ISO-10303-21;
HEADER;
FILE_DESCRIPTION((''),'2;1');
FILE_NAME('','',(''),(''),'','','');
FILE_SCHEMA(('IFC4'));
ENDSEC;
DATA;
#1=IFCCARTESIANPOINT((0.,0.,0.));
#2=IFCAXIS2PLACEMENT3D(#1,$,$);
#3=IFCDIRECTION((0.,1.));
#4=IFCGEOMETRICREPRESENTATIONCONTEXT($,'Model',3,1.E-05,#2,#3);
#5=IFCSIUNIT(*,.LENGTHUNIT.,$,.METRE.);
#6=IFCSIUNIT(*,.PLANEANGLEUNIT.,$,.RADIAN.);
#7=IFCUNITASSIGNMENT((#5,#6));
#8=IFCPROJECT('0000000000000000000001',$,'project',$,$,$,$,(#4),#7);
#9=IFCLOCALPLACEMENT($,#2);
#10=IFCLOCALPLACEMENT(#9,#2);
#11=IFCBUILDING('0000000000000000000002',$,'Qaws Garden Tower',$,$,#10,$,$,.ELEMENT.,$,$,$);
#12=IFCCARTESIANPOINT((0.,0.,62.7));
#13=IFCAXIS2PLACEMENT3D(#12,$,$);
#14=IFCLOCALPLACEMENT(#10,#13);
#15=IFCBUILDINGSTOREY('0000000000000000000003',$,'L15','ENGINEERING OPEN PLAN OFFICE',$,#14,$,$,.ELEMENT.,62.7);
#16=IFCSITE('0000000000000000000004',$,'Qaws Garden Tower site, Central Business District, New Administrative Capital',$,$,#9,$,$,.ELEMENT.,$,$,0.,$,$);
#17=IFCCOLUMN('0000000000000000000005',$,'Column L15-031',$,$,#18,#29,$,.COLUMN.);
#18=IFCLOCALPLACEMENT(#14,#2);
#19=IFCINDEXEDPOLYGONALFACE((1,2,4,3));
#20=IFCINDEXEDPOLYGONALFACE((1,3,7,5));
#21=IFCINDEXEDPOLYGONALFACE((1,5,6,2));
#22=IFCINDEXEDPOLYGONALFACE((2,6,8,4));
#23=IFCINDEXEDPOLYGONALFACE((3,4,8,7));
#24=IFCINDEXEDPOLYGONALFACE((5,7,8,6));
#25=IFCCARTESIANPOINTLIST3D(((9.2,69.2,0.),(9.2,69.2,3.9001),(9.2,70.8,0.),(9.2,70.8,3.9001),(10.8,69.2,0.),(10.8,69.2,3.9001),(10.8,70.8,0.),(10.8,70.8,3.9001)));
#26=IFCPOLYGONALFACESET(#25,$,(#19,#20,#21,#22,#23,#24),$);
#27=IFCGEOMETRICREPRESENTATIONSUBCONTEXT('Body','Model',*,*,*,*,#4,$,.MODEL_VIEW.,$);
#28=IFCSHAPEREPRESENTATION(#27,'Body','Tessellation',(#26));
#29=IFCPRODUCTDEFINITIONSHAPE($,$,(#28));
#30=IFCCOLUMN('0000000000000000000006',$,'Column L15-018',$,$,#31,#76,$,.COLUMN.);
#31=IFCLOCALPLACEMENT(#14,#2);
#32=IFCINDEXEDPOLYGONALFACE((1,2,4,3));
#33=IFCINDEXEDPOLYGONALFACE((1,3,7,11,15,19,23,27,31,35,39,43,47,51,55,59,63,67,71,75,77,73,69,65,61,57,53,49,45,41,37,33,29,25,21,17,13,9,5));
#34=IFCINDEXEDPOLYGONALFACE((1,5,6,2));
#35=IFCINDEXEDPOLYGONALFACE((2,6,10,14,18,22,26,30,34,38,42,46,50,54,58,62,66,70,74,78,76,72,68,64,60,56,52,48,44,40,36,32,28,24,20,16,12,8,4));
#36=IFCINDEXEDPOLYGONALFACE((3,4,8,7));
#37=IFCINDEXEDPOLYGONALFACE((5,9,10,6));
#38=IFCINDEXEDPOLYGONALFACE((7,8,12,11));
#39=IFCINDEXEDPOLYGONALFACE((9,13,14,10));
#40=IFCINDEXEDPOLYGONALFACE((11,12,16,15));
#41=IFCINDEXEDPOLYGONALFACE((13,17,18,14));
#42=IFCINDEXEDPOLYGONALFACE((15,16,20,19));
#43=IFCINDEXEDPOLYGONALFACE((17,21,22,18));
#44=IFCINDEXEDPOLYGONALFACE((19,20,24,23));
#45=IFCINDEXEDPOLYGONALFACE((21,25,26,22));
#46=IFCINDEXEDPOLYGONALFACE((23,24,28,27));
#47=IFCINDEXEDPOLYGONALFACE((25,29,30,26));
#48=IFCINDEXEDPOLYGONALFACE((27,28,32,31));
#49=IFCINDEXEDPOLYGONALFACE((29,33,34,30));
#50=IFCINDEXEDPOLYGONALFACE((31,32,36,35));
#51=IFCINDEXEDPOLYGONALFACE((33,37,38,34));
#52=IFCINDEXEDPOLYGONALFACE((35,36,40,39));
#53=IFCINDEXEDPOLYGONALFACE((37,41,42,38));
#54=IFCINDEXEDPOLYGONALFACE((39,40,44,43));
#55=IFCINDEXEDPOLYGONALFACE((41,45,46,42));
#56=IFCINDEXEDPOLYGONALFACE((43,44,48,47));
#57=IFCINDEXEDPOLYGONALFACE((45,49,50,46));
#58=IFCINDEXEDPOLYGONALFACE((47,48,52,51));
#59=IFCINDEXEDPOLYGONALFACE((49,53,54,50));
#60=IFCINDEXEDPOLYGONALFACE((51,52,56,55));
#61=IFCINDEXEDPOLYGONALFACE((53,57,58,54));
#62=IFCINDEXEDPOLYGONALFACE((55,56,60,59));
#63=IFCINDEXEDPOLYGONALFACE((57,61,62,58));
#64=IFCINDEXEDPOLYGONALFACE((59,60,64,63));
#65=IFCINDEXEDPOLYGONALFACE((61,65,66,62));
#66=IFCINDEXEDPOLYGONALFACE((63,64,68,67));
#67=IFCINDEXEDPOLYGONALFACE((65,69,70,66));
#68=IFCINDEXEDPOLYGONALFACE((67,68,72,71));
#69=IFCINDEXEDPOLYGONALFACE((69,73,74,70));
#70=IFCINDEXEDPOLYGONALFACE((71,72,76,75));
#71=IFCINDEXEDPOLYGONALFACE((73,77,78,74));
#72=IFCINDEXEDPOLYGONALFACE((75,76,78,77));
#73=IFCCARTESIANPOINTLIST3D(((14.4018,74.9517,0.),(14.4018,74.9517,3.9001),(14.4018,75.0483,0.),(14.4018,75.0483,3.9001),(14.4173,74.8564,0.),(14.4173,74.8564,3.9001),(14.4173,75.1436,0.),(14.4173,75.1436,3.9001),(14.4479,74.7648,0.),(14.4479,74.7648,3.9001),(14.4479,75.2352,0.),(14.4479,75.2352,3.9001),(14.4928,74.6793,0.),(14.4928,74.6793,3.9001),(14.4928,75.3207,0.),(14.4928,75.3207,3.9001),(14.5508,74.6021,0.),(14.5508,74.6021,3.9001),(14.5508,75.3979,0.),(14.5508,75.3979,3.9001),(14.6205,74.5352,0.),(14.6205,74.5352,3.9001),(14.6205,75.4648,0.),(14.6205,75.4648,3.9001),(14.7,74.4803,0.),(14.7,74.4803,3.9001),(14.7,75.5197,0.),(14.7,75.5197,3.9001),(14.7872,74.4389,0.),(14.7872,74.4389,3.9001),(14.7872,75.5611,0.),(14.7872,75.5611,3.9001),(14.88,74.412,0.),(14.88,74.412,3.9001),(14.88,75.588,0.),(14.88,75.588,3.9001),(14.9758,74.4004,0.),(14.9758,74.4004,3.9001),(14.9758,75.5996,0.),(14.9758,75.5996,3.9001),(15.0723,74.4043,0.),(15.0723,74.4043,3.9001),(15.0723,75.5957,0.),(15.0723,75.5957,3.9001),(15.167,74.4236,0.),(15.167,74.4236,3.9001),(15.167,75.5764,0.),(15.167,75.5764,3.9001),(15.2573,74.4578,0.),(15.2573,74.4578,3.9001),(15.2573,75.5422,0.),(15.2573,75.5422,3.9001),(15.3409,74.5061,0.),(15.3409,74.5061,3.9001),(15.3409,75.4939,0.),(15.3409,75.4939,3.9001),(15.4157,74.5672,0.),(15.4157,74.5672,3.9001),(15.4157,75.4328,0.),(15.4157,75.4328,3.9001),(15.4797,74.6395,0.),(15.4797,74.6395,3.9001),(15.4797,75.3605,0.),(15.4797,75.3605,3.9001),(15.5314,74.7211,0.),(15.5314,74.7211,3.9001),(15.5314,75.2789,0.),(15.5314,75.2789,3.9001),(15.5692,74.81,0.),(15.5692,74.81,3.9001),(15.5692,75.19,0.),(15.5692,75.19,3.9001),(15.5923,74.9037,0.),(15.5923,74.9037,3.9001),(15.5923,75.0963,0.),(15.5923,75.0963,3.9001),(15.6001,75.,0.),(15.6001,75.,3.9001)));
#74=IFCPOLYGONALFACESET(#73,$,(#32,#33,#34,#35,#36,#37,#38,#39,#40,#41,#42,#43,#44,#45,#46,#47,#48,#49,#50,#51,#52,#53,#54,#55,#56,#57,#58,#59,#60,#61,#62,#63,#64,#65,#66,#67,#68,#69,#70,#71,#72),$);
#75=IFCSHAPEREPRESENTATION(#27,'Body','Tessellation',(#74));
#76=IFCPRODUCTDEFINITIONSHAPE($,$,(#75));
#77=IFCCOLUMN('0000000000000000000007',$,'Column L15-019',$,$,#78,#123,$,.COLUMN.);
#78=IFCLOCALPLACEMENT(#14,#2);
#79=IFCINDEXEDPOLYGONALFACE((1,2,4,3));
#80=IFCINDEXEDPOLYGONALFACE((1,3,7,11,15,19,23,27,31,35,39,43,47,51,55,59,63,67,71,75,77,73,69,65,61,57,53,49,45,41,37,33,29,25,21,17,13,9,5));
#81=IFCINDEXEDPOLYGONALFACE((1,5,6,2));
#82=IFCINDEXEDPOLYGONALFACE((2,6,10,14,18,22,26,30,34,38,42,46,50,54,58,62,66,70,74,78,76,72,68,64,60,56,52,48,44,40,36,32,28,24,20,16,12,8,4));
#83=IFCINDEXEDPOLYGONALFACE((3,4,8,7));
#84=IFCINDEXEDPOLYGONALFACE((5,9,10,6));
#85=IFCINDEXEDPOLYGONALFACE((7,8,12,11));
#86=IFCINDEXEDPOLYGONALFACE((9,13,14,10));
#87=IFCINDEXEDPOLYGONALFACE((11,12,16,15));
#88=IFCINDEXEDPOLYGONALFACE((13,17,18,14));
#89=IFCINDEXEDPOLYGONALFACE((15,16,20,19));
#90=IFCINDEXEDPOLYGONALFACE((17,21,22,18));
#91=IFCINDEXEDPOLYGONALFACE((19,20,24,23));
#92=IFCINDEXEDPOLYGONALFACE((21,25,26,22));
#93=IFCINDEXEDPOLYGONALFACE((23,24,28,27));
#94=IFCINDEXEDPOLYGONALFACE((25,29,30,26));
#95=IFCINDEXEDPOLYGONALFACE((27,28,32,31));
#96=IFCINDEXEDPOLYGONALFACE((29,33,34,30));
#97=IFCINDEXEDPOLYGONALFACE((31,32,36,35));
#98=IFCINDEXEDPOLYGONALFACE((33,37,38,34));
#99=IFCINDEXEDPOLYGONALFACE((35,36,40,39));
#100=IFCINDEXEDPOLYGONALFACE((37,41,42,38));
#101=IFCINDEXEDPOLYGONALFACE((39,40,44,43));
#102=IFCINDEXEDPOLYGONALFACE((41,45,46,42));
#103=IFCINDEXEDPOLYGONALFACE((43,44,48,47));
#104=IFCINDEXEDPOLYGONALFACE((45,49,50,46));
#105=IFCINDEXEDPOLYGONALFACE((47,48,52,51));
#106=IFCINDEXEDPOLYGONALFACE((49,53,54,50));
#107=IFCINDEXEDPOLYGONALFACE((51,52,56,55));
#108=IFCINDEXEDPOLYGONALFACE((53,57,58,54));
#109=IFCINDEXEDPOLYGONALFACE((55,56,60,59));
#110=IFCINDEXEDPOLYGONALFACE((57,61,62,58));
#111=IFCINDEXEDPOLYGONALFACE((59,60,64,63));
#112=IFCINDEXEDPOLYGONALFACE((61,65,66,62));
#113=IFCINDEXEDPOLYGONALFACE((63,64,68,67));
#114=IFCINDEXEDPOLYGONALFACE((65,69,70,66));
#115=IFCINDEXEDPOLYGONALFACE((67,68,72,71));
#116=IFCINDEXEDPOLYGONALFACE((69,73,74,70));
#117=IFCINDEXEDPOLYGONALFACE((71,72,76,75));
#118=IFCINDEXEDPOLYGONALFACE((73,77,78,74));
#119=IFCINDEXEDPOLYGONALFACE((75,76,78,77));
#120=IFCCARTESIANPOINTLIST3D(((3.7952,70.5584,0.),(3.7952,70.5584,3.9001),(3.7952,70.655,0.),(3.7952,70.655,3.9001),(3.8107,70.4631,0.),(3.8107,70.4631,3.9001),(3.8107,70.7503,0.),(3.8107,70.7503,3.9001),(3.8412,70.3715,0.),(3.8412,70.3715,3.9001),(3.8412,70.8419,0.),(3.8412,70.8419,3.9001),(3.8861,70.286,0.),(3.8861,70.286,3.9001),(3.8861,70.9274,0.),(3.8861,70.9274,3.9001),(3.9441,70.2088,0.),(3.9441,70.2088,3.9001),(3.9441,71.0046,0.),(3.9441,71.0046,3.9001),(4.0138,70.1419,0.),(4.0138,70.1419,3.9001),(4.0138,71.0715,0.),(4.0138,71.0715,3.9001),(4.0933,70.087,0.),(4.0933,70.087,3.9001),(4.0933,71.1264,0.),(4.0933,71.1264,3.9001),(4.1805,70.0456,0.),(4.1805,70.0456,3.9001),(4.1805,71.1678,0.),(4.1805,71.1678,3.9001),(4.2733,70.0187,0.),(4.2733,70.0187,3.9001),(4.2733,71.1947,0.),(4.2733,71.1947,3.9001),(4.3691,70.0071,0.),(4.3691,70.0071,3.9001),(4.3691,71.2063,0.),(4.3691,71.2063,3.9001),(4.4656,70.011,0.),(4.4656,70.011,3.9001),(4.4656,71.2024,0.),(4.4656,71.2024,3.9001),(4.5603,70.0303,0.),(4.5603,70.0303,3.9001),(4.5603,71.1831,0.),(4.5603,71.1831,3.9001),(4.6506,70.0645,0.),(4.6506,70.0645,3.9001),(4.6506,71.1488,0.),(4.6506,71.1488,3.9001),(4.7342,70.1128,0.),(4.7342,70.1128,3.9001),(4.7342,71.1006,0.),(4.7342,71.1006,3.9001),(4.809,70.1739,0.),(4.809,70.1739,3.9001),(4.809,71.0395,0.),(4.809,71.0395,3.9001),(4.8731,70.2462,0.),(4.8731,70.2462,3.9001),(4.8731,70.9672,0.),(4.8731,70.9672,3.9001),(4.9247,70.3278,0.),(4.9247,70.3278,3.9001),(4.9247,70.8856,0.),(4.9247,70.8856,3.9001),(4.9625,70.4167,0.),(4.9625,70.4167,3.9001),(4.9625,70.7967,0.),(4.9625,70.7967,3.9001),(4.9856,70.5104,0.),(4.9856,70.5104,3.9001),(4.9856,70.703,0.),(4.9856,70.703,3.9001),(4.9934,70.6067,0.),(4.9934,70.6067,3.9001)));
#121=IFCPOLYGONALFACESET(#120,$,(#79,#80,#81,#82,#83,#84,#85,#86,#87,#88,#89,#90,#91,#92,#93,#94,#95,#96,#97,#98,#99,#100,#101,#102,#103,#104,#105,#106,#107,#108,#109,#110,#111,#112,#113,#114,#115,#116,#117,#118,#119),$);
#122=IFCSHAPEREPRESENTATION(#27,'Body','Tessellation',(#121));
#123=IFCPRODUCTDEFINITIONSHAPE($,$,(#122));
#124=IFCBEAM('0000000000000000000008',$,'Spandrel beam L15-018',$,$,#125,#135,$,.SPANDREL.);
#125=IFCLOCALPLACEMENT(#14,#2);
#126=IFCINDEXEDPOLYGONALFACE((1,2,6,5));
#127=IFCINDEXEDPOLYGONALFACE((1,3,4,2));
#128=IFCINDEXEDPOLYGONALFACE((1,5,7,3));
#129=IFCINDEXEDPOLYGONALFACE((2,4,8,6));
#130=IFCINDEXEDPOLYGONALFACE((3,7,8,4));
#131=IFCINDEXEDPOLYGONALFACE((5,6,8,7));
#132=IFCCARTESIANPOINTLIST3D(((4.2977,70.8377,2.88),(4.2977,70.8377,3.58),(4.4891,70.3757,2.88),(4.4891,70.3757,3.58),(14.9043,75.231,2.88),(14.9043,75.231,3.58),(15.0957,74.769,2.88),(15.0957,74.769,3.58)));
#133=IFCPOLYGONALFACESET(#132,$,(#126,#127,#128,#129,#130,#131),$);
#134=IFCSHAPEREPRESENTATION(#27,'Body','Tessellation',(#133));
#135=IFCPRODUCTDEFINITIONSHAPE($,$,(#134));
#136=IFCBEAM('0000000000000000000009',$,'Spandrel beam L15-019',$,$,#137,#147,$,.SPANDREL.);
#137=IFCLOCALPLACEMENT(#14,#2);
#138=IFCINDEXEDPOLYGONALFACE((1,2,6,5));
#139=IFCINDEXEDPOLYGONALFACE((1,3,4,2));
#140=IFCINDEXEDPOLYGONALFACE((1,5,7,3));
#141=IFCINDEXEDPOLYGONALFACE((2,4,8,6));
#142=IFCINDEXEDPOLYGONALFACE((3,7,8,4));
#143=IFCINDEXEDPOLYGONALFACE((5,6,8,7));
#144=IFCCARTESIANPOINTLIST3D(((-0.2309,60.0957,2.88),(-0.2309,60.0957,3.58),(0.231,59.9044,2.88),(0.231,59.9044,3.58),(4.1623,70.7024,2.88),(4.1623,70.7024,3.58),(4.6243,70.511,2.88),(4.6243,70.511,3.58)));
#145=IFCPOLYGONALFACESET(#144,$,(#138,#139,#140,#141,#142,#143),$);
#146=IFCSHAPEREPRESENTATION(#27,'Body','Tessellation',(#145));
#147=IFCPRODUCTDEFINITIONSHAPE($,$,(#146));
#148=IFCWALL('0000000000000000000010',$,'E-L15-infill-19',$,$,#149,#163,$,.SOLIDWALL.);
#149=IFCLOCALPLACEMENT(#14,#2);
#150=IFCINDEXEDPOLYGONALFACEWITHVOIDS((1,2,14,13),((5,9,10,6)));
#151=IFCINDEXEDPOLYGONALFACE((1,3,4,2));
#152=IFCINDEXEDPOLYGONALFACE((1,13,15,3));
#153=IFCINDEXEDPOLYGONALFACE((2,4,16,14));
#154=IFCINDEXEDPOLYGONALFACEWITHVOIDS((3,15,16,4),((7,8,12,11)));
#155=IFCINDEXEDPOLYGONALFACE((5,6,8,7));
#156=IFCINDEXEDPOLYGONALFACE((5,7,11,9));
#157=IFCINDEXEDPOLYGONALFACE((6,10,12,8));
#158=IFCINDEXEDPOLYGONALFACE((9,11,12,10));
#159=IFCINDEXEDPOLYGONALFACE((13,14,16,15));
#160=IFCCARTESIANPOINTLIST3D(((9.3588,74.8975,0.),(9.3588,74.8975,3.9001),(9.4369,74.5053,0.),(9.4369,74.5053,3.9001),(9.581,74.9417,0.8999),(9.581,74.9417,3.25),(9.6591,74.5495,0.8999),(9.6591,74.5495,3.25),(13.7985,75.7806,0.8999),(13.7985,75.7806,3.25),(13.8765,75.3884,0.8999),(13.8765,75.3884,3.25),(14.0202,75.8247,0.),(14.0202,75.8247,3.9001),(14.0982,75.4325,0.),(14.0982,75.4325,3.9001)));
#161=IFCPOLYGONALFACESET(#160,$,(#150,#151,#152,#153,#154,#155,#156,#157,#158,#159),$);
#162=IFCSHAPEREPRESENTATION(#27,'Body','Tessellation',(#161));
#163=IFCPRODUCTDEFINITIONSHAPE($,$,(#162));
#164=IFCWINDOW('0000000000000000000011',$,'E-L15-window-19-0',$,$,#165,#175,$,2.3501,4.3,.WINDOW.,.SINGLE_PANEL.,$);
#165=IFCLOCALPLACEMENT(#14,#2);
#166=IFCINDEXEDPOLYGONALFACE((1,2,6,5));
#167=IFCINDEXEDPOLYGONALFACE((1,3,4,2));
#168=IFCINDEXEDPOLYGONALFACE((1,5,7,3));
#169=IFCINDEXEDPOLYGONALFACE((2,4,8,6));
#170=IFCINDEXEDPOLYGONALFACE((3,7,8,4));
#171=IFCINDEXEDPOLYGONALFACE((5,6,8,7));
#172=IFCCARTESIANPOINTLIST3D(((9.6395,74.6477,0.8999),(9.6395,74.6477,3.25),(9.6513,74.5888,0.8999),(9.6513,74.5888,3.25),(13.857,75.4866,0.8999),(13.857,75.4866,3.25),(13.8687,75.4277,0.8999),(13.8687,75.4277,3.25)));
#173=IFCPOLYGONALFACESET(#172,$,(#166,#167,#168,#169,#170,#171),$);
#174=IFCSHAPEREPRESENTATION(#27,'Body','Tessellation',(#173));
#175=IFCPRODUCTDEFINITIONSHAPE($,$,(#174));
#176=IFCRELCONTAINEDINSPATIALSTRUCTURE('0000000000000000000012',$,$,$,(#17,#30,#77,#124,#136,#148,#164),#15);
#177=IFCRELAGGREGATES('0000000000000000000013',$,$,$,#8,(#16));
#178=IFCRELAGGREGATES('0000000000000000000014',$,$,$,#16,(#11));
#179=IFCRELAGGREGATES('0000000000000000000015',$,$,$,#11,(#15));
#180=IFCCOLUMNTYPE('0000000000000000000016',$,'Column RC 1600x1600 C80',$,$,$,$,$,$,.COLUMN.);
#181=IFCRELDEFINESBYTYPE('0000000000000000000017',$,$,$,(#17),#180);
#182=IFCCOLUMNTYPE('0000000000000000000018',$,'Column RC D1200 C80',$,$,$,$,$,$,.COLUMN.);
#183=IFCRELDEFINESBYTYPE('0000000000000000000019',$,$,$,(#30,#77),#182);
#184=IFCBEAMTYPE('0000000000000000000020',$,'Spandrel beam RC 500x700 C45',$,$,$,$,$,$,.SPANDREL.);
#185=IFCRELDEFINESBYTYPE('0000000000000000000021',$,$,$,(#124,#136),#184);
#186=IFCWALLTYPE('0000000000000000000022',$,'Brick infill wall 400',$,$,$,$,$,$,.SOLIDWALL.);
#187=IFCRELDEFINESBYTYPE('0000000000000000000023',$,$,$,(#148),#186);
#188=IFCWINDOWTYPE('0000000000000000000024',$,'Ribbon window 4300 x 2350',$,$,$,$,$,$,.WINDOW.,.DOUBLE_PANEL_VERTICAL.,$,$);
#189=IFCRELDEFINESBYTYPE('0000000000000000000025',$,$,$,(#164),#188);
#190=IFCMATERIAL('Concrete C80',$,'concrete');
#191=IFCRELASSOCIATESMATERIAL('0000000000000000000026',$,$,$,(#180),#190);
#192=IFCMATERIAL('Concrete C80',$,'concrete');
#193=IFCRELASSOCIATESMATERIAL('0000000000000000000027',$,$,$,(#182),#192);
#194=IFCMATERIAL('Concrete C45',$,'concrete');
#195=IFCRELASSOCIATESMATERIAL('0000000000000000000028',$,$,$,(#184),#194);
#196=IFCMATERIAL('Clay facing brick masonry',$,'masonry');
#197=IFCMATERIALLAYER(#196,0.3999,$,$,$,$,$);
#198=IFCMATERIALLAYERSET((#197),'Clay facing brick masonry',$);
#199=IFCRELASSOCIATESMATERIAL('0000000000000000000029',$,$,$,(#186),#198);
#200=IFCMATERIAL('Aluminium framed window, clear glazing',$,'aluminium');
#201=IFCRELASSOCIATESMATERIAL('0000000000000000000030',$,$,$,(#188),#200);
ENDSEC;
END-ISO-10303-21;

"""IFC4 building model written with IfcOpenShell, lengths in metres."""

from ifc_helpers import new_model, si_unit, direction, frame, frame_2d, origin, origin_2d, place, context, subcontext, project, spatial, rectangle, circle, extrude, material, layer, layer_set, material_profile, profile_set, type_object, element, fill, save


model = new_model("IFC4")

# Units and contexts
model_context = context("Model", 3, precision=1e-05, world=origin(), true_north=direction((0.0, 1.0)))
body_context = subcontext(model_context, "Body", "Model", "MODEL_VIEW")
ifc_project = project(units=[si_unit("LENGTHUNIT", "METRE"), si_unit("PLANEANGLEUNIT", "RADIAN")], contexts=[model_context])

# Site, building, storey
site_placement = place(None, origin())
site = spatial("IfcSite", under=ifc_project, at=site_placement, Name="Qaws Garden Tower site, Central Business District, New Administrative Capital", CompositionType="ELEMENT", RefElevation=0.0)
building_placement = place(site_placement, origin())
building = spatial("IfcBuilding", under=site, at=building_placement, Name="Qaws Garden Tower", CompositionType="ELEMENT")
storey_placement = place(building_placement, frame((0.0, 0.0, 62.7)))
storey = spatial("IfcBuildingStorey", under=building, at=storey_placement, Name="L15", Description="ENGINEERING OPEN PLAN OFFICE", CompositionType="ELEMENT", Elevation=62.7)

# Columns
ifc_material_1 = material(Name="Concrete C80", Category="concrete")
ifc_material_profile_1 = material_profile(ifc_material_1, rectangle(XDim=1.6001, YDim=1.6001, at=origin_2d()), Name="RC 1600x1600")
ifc_profile_set_1 = profile_set([ifc_material_profile_1], Name="Concrete C80")
column_type_1 = type_object("IfcColumnType", Name="Column RC 1600x1600 C80", PredefinedType="COLUMN", material=ifc_profile_set_1)
column_placement = place(storey_placement, frame((10.0, 70.0, 0.0), z_axis=(0.0, 0.0, 1.0), x_axis=(1.0, 0.0, 0.0)))
element("IfcColumn", 1, at=column_placement, inside=storey, type_object=column_type_1, Name="Column L15-031", PredefinedType="COLUMN", context=body_context, shape_type="SweptSolid", body=[
    extrude(rectangle(XDim=1.6001, YDim=1.6001, at=origin_2d()), origin(), (0.0, 0.0, 1.0), 3.9001),
])
ifc_material_2 = material(Name="Concrete C80", Category="concrete")
ifc_material_profile_2 = material_profile(ifc_material_2, circle(Radius=0.6001, at=origin_2d()), Name="RC D1200")
ifc_profile_set_2 = profile_set([ifc_material_profile_2], Name="Concrete C80")
column_type_2 = type_object("IfcColumnType", Name="Column RC D1200 C80", PredefinedType="COLUMN", material=ifc_profile_set_2)
for number, where, z_axis, x_axis, name in (
    (2, (15.0, 75.0, 0.0), (0.0, 0.0, 1.0), (1.0, 0.0, 0.0), "Column L15-018"),
    (3, (4.3933, 70.6067, 0.0), (0.0, 0.0, 1.0), (1.0, 0.0, 0.0), "Column L15-019"),
):
    element("IfcColumn", number, at=place(storey_placement, frame(where, z_axis=z_axis, x_axis=x_axis)), inside=storey, type_object=column_type_2, Name=name, PredefinedType="COLUMN", context=body_context, shape_type="SweptSolid", body=[
        extrude(circle(Radius=0.6001, at=origin_2d()), origin(), (0.0, 0.0, 1.0), 3.9001),
    ])

# Beams
ifc_material_3 = material(Name="Concrete C45", Category="concrete")
ifc_material_profile_3 = material_profile(ifc_material_3, rectangle(XDim=0.5, YDim=0.7, at=origin_2d()), Name="RC 500x700")
ifc_profile_set_3 = profile_set([ifc_material_profile_3], Name="Concrete C45")
beam_type = type_object("IfcBeamType", Name="Spandrel beam RC 500x700 C45", PredefinedType="SPANDREL", material=ifc_profile_set_3)
for number, where, z_axis, x_axis, name in (
    (4, (15.0, 75.0, 3.23), (-0.923883, -0.382674, 0.0), (0.382674, -0.923883, 0.0), "Spandrel beam L15-018"),
    (5, (4.3933, 70.6067, 3.23), (-0.382674, -0.923883, 0.0), (0.923883, -0.382674, 0.0), "Spandrel beam L15-019"),
):
    element("IfcBeam", number, at=place(storey_placement, frame(where, z_axis=z_axis, x_axis=x_axis)), inside=storey, type_object=beam_type, Name=name, PredefinedType="SPANDREL", context=body_context, shape_type="SweptSolid", body=[
        extrude(rectangle(XDim=0.5, YDim=0.7, at=origin_2d()), origin(), (0.0, 0.0, 1.0), 11.4805),
    ])

# Wall, opening, window
ifc_material_4 = material(Name="Clay facing brick masonry", Category="masonry")
ifc_layer_1 = layer(ifc_material_4, 0.3999)
ifc_layer_set_1 = layer_set([ifc_layer_1], Name="Clay facing brick masonry")
wall_type_1 = type_object("IfcWallType", Name="Brick infill wall 400", PredefinedType="SOLIDWALL", material=ifc_layer_set_1)
wall_1_placement = place(storey_placement, frame((14.0593, 75.6287, 0.0), z_axis=(0.0, 0.0, 1.0), x_axis=(-0.980784, -0.195099, 0.0)))
wall_1 = element("IfcWall", 6, at=wall_1_placement, inside=storey, type_object=wall_type_1, Name="E-L15-infill-19", PredefinedType="SOLIDWALL", context=body_context, shape_type="SweptSolid", body=[
    extrude(rectangle(XDim=4.7527, YDim=0.3999, at=frame_2d((2.3765, 0.0))), origin(), (0.0, 0.0, 1.0), 3.9001),
])
opening_1_placement = place(wall_1_placement, frame((0.2263, 0.0, 0.8999)))
opening_1 = element("IfcOpeningElement", 7, at=opening_1_placement, cuts=wall_1, PredefinedType="OPENING", context=body_context, shape_type="SweptSolid", body=[
    extrude(rectangle(XDim=4.3, YDim=2.3501, at=frame_2d((2.1499, 1.175))), frame((0.0, 0.21, 0.0), z_axis=(0.0, -1.0, 0.0), x_axis=(1.0, 0.0, 0.0)), (0.0, 0.0, 1.0), 0.4199),
])
ifc_material_5 = material(Name="Aluminium framed window, clear glazing", Category="aluminium")
window_type = type_object("IfcWindowType", Name="Ribbon window 4300 x 2350", PartitioningType="DOUBLE_PANEL_VERTICAL", PredefinedType="WINDOW", material=ifc_material_5)
window_1_placement = place(opening_1_placement, origin())
window_1 = element("IfcWindow", 8, at=window_1_placement, inside=storey, type_object=window_type, Name="E-L15-window-19-0", OverallHeight=2.3501, OverallWidth=4.3, PartitioningType="SINGLE_PANEL", PredefinedType="WINDOW", context=body_context, shape_type="SweptSolid", body=[
    extrude(rectangle(XDim=4.3, YDim=2.3501, at=frame_2d((2.1499, 1.175))), frame((0.0, 0.1599, 0.0), z_axis=(0.0, -1.0, 0.0), x_axis=(1.0, 0.0, 0.0)), (0.0, 0.0, 1.0), 0.0601),
])
fill(opening_1, window_1)

save(model, "model.ifc")
